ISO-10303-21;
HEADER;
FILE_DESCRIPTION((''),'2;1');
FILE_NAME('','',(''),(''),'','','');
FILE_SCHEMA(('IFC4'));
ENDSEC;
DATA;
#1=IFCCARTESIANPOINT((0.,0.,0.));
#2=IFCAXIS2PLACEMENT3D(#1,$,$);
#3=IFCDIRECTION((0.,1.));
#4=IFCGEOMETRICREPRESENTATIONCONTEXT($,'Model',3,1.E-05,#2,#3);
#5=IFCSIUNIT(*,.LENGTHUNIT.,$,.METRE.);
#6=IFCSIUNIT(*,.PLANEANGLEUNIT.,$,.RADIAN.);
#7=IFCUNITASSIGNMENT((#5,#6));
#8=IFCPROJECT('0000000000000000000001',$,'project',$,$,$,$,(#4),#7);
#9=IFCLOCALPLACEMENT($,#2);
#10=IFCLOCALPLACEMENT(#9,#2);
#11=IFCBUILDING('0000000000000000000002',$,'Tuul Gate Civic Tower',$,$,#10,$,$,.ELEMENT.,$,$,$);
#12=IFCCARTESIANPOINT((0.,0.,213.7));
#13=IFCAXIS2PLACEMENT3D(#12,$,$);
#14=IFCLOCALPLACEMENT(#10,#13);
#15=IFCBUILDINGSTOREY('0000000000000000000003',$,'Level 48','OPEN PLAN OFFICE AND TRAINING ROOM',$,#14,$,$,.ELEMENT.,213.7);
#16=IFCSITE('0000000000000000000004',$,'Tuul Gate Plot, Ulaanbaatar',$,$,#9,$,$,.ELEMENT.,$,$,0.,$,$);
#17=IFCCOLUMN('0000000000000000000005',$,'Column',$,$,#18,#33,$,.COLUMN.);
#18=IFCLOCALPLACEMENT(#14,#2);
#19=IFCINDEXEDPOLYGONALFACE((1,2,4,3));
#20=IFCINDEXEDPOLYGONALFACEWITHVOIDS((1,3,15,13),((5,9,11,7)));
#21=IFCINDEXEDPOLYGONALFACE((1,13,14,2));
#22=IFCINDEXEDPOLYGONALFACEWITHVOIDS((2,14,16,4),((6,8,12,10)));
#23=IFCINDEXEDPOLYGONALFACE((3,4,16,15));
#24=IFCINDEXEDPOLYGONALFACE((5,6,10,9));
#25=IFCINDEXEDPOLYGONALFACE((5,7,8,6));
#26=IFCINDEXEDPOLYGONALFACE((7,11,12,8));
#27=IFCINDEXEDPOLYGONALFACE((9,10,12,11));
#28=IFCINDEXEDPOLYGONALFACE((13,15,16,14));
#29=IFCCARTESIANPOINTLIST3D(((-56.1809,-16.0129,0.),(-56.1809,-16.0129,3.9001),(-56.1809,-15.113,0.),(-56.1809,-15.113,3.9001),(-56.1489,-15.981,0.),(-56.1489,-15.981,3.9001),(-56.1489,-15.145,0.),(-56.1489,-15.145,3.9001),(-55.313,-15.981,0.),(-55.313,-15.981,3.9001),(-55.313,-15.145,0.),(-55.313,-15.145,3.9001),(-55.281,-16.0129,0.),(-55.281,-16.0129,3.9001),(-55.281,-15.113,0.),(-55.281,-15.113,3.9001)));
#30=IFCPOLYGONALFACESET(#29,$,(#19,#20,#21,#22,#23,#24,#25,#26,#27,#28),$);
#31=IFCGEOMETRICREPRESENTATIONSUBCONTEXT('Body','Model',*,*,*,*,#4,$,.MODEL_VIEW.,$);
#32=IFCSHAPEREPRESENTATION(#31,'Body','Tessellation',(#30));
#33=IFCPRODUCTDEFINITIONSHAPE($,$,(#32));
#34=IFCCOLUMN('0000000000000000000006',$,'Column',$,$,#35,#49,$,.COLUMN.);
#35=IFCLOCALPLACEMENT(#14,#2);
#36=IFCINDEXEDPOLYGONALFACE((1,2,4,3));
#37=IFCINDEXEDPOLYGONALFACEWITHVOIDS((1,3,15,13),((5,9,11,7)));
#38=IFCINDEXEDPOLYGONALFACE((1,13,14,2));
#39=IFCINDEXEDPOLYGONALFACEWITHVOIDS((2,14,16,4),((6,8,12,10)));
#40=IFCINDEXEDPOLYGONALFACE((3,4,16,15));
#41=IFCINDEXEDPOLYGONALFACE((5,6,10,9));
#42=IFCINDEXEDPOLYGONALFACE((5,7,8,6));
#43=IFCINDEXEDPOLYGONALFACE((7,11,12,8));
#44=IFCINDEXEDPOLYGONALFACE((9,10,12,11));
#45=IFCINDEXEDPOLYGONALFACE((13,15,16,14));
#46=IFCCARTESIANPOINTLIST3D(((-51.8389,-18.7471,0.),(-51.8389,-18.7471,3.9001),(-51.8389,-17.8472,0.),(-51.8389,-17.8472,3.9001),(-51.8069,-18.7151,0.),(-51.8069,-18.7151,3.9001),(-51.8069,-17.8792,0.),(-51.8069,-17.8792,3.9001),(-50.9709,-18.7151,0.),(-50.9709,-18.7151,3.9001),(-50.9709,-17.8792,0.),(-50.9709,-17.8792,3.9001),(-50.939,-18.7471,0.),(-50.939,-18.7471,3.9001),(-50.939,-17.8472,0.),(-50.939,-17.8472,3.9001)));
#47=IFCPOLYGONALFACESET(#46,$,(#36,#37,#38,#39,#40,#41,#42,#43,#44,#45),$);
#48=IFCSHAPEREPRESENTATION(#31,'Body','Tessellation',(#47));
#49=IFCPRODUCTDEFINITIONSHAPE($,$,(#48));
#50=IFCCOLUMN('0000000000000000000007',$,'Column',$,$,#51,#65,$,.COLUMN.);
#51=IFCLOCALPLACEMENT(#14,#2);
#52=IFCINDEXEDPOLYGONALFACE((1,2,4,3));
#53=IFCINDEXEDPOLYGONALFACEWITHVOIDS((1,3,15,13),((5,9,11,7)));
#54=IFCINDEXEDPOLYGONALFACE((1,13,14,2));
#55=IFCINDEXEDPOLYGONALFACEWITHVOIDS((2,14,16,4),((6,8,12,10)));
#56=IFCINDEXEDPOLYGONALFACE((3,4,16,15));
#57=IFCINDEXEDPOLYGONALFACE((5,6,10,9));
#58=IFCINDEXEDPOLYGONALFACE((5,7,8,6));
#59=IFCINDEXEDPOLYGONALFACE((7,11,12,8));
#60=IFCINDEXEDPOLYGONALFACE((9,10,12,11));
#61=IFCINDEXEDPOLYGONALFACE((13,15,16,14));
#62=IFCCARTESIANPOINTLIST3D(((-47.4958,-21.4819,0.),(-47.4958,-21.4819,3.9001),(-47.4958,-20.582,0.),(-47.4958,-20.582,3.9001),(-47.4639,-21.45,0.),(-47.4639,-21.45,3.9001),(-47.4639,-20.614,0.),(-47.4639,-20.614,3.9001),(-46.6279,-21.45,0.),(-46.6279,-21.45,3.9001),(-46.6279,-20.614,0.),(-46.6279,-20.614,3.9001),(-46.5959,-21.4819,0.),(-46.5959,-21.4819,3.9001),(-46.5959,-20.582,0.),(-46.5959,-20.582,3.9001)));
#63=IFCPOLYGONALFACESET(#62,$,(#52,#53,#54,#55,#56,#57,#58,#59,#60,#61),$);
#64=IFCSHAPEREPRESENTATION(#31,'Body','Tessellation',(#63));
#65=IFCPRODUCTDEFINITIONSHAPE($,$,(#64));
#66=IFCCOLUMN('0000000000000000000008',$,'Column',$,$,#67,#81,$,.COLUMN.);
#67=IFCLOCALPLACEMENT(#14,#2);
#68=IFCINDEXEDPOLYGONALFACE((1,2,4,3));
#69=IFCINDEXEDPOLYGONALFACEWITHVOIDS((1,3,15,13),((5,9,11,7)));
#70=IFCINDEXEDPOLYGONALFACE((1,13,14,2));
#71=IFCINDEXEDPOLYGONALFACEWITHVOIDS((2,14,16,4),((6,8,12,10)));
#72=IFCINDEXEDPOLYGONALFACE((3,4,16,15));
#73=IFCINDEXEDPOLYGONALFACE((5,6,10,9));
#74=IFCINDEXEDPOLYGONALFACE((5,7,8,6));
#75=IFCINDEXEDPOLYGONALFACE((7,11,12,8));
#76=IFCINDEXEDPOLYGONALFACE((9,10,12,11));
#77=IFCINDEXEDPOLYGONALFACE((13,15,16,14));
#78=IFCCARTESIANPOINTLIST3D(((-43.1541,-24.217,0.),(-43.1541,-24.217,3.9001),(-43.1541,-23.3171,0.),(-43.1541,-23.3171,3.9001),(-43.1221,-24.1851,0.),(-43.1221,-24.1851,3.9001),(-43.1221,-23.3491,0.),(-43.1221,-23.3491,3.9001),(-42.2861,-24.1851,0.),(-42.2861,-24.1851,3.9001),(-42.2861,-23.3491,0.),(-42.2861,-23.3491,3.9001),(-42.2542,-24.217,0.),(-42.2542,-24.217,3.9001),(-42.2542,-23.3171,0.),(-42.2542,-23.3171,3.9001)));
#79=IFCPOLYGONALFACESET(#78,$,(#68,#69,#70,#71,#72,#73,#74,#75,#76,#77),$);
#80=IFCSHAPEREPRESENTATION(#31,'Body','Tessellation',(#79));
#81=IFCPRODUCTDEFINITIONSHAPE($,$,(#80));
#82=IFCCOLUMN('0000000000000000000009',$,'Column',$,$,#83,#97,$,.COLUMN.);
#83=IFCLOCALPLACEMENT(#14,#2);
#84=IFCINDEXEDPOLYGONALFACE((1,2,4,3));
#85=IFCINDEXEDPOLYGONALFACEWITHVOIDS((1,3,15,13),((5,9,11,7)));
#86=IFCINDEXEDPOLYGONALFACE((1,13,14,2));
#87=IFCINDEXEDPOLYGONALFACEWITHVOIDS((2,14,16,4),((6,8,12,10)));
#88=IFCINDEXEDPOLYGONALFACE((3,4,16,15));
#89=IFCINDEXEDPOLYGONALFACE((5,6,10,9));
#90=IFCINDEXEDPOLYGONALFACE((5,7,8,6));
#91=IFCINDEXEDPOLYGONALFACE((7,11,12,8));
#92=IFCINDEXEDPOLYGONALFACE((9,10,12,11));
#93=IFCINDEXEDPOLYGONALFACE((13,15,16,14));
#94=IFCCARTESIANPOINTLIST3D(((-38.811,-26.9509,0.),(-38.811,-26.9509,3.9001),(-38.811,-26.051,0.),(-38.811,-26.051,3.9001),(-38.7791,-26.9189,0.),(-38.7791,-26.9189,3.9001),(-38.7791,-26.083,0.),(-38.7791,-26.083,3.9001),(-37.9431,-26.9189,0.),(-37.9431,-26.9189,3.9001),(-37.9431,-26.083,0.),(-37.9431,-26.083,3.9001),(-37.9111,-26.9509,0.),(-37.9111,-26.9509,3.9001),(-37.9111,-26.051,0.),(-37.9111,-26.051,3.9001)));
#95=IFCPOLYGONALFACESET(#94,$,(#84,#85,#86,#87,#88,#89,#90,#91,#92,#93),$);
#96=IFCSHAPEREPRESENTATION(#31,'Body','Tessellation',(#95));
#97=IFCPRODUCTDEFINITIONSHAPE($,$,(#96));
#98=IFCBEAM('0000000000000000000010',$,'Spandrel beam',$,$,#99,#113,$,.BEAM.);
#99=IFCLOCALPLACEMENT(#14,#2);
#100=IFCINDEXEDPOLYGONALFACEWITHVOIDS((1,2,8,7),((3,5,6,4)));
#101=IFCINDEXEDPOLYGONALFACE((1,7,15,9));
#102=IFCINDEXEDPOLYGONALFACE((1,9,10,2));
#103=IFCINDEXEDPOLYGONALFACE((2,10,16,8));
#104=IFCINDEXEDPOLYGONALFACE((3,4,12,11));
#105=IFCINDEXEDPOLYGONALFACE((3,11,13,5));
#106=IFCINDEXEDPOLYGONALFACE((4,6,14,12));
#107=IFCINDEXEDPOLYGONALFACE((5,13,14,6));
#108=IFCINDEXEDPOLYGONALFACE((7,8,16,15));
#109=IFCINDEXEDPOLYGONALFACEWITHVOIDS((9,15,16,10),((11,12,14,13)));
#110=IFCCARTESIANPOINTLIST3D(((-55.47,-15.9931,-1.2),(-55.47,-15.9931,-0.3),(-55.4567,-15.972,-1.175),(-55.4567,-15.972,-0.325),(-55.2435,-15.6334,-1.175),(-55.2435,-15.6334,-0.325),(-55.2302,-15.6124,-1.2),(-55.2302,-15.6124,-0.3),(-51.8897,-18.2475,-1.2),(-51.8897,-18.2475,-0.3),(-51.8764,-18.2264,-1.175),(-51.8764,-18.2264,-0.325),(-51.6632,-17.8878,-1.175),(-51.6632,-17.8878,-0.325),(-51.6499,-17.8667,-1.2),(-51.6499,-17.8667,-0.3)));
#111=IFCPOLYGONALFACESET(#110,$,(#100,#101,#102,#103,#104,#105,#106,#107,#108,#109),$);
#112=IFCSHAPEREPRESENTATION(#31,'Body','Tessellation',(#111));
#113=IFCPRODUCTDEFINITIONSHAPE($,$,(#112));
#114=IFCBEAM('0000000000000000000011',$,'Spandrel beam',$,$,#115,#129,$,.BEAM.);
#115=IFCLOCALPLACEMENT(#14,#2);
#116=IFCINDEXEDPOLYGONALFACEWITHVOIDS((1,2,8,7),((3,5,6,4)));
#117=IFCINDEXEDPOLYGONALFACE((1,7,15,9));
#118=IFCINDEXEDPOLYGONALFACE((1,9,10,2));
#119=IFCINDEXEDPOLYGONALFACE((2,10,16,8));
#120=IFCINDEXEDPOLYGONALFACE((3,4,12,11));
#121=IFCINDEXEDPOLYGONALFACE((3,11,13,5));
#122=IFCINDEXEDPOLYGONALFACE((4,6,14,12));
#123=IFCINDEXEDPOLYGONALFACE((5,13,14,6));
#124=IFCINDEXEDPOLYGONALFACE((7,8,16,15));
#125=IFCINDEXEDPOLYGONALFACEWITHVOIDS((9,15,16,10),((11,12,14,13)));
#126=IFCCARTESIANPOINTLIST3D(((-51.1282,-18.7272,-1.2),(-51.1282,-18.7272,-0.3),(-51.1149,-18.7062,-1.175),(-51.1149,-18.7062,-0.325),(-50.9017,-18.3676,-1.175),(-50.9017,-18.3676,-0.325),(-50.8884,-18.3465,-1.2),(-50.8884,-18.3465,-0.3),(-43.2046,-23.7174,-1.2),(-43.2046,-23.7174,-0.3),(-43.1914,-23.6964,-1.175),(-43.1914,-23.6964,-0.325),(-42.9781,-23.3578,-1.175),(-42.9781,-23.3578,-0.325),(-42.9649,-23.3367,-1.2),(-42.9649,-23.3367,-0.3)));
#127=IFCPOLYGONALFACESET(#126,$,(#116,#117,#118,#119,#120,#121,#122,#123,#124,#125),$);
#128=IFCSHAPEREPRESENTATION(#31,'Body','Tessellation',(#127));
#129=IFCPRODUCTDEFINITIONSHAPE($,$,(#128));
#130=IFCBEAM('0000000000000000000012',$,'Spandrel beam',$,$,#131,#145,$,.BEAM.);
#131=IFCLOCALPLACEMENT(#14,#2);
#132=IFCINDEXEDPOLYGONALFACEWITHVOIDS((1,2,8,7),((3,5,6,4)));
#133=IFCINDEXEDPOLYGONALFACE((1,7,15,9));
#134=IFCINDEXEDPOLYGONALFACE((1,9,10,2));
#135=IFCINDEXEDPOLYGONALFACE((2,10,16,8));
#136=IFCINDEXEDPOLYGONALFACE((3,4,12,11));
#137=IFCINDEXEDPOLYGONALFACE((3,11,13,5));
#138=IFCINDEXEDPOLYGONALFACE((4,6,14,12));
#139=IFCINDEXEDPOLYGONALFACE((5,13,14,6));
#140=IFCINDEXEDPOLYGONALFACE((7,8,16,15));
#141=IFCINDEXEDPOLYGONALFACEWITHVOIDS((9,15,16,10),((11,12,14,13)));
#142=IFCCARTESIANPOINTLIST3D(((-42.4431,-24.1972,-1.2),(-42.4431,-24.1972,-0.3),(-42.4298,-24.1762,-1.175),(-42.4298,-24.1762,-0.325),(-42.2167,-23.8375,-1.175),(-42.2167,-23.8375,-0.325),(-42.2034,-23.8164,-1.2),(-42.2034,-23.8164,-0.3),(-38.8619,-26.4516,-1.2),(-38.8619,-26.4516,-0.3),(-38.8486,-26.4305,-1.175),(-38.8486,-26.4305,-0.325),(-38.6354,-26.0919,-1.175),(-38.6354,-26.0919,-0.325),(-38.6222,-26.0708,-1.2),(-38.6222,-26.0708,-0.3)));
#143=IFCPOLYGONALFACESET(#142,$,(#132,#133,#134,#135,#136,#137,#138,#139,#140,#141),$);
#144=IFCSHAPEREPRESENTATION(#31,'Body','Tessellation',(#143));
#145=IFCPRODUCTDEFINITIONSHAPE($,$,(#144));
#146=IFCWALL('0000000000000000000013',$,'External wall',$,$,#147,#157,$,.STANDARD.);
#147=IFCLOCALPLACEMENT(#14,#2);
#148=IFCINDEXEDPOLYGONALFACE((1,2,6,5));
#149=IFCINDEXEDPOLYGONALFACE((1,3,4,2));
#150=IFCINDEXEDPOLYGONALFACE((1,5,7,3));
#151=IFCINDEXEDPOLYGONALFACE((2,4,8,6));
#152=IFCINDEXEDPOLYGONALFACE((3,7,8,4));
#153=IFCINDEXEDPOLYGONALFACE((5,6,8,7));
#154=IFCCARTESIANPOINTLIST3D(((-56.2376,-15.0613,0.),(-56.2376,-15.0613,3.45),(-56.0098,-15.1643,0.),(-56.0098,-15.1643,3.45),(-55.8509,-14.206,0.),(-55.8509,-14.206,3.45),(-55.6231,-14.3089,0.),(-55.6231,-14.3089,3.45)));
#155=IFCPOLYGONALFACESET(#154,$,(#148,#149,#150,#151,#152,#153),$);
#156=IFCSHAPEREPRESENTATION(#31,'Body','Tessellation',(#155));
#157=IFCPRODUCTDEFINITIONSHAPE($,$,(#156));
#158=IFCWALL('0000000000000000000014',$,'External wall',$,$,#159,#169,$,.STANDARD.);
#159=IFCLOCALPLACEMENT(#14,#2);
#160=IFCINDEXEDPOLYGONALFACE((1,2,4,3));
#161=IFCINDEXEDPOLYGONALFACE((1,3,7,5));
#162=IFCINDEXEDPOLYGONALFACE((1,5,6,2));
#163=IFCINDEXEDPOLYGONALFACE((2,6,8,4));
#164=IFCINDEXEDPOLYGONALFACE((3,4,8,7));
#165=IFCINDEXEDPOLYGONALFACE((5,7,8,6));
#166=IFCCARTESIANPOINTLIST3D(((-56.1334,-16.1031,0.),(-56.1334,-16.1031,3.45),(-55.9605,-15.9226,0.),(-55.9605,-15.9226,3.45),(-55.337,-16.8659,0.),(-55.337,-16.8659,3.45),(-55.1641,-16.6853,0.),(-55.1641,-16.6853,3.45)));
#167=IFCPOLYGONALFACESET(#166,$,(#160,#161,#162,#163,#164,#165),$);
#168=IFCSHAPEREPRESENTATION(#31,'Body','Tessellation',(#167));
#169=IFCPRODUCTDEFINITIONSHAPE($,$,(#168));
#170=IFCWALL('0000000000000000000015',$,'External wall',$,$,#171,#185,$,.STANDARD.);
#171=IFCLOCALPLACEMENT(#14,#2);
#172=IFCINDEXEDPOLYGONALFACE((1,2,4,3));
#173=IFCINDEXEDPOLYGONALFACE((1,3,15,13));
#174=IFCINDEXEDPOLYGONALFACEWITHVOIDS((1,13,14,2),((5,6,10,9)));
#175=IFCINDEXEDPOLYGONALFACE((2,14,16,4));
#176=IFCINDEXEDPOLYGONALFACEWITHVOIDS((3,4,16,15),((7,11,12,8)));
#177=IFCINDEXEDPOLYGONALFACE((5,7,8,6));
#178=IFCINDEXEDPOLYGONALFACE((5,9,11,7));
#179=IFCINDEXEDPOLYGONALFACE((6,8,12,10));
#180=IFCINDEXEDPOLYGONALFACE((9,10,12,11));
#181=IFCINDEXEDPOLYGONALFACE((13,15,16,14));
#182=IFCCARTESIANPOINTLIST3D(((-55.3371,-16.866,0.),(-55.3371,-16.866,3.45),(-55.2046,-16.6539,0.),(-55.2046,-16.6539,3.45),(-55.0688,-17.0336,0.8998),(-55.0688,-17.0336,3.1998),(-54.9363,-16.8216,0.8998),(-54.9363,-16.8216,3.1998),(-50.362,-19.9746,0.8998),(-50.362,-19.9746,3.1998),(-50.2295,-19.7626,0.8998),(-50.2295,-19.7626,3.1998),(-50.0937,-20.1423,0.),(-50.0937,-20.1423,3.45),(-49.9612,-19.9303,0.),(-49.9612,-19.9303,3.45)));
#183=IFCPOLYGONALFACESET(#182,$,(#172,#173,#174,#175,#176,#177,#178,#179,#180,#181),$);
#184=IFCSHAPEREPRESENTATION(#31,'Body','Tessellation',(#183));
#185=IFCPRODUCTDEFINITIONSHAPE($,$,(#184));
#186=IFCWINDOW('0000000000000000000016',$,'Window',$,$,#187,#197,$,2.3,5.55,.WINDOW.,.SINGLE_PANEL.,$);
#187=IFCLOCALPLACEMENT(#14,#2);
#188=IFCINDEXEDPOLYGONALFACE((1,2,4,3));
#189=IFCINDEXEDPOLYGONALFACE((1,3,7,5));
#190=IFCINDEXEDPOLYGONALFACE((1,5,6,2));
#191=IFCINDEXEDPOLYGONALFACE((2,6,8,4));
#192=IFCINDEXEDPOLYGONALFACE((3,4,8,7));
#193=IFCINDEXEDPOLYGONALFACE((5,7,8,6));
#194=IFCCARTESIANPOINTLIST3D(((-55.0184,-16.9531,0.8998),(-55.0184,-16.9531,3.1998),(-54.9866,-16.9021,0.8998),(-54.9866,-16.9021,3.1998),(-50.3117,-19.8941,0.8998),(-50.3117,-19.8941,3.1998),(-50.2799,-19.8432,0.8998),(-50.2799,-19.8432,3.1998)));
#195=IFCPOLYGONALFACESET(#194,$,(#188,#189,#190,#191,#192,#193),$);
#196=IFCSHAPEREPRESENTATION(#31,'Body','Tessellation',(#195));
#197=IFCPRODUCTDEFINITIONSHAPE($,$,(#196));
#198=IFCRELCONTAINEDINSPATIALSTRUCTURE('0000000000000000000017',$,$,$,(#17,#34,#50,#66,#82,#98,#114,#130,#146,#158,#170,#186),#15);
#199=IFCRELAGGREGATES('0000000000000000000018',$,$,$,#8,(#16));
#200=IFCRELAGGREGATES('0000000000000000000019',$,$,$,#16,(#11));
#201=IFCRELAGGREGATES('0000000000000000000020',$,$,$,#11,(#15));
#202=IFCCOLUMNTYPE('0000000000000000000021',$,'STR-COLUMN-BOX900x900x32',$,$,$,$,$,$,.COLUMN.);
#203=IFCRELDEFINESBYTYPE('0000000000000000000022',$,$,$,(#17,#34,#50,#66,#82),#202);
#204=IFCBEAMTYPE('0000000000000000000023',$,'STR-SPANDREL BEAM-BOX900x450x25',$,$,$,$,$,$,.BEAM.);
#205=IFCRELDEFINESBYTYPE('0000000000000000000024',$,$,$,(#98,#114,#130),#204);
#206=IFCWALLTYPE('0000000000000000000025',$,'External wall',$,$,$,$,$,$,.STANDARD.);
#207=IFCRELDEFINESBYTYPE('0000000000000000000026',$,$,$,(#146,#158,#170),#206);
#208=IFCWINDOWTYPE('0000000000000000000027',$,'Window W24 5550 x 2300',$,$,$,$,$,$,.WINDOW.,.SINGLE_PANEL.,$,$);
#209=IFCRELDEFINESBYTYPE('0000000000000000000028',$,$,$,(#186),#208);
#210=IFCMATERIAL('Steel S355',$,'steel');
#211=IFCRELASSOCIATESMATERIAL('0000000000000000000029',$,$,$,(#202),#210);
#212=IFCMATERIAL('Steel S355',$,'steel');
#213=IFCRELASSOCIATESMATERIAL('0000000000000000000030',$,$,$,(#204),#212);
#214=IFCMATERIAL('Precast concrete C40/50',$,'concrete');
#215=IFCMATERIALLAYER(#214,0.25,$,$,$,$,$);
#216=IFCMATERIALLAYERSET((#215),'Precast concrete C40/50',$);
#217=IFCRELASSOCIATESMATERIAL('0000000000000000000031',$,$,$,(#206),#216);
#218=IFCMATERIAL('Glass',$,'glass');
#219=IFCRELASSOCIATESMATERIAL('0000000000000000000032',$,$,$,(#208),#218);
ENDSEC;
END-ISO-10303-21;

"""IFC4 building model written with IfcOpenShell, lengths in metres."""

from ifc_helpers import new_model, si_unit, direction, frame, frame_2d, origin, origin_2d, place, context, subcontext, project, spatial, rectangle, hollow_rectangle, extrude, material, layer, layer_set, material_profile, profile_set, type_object, element, fill, save


model = new_model("IFC4")

# Units and contexts
model_context = context("Model", 3, precision=1e-05, world=origin(), true_north=direction((0.0, 1.0)))
body_context = subcontext(model_context, "Body", "Model", "MODEL_VIEW")
ifc_project = project(units=[si_unit("LENGTHUNIT", "METRE"), si_unit("PLANEANGLEUNIT", "RADIAN")], contexts=[model_context])

# Site, building, storey
site_placement = place(None, origin())
site = spatial("IfcSite", under=ifc_project, at=site_placement, Name="Tuul Gate Plot, Ulaanbaatar", CompositionType="ELEMENT", RefElevation=0.0)
building_placement = place(site_placement, origin())
building = spatial("IfcBuilding", under=site, at=building_placement, Name="Tuul Gate Civic Tower", CompositionType="ELEMENT")
storey_placement = place(building_placement, frame((0.0, 0.0, 213.7)))
storey = spatial("IfcBuildingStorey", under=building, at=storey_placement, Name="Level 48", Description="OPEN PLAN OFFICE AND TRAINING ROOM", CompositionType="ELEMENT", Elevation=213.7)

# Columns
ifc_material_1 = material(Name="Steel S355", Category="steel")
ifc_material_profile_1 = material_profile(ifc_material_1, hollow_rectangle(XDim=0.8999, YDim=0.8999, WallThickness=0.032, at=origin_2d()), Name="BOX900x900x32")
ifc_profile_set_1 = profile_set([ifc_material_profile_1], Name="Steel S355")
column_type = type_object("IfcColumnType", Name="STR-COLUMN-BOX900x900x32", PredefinedType="COLUMN", material=ifc_profile_set_1)
for number, where, z_axis, x_axis, name in (
    (1, (-55.731, -15.563, 0.0), (0.0, 0.0, 1.0), (1.0, 0.0, 0.0), "Column"),
    (2, (-51.3889, -18.2971, 0.0), (0.0, 0.0, 1.0), (1.0, 0.0, 0.0), "Column"),
    (3, (-47.0459, -21.032, 0.0), (0.0, 0.0, 1.0), (1.0, 0.0, 0.0), "Column"),
    (4, (-42.7041, -23.7671, 0.0), (0.0, 0.0, 1.0), (1.0, 0.0, 0.0), "Column"),
    (5, (-38.3611, -26.501, 0.0), (0.0, 0.0, 1.0), (1.0, 0.0, 0.0), "Column"),
):
    element("IfcColumn", number, at=place(storey_placement, frame(where, z_axis=z_axis, x_axis=x_axis)), inside=storey, type_object=column_type, Name=name, PredefinedType="COLUMN", context=body_context, shape_type="SweptSolid", body=[
        extrude(hollow_rectangle(XDim=0.8999, YDim=0.8999, WallThickness=0.032, at=origin_2d()), origin(), (0.0, 0.0, 1.0), 3.9001),
    ])

# Beams
ifc_material_2 = material(Name="Steel S355", Category="steel")
ifc_material_profile_2 = material_profile(ifc_material_2, hollow_rectangle(XDim=0.45, YDim=0.8999, WallThickness=0.0249, at=origin_2d()), Name="BOX900x450x25")
ifc_profile_set_2 = profile_set([ifc_material_profile_2], Name="Steel S355")
beam_type = type_object("IfcBeamType", Name="STR-SPANDREL BEAM-BOX900x450x25", PredefinedType="BEAM", material=ifc_profile_set_2)
beam_1_placement = place(storey_placement, frame((-55.3501, -15.8027, -0.75), z_axis=(0.84622, -0.532833, 0.0), x_axis=(0.532833, 0.84622, 0.0)))
element("IfcBeam", 6, at=beam_1_placement, inside=storey, type_object=beam_type, Name="Spandrel beam", PredefinedType="BEAM", context=body_context, shape_type="SweptSolid", body=[
    extrude(hollow_rectangle(XDim=0.45, YDim=0.8999, WallThickness=0.0249, at=origin_2d()), origin(), (0.0, 0.0, 1.0), 4.231),
])
beam_2_placement = place(storey_placement, frame((-51.0083, -18.5369, -0.75), z_axis=(0.84617, -0.532914, 0.0), x_axis=(0.532914, 0.84617, 0.0)))
element("IfcBeam", 7, at=beam_2_placement, inside=storey, type_object=beam_type, Name="Spandrel beam", PredefinedType="BEAM", context=body_context, shape_type="SweptSolid", body=[
    extrude(hollow_rectangle(XDim=0.45, YDim=0.8999, WallThickness=0.0249, at=origin_2d()), origin(), (0.0, 0.0, 1.0), 9.364),
])
beam_3_placement = place(storey_placement, frame((-42.3232, -24.0068, -0.75), z_axis=(0.846286, -0.532729, 0.0), x_axis=(0.532729, 0.846286, 0.0)))
element("IfcBeam", 8, at=beam_3_placement, inside=storey, type_object=beam_type, Name="Spandrel beam", PredefinedType="BEAM", context=body_context, shape_type="SweptSolid", body=[
    extrude(hollow_rectangle(XDim=0.45, YDim=0.8999, WallThickness=0.0249, at=origin_2d()), origin(), (0.0, 0.0, 1.0), 4.2317),
])

# Walls
ifc_material_3 = material(Name="Precast concrete C40/50", Category="concrete")
ifc_layer = layer(ifc_material_3, 0.25)
ifc_layer_set = layer_set([ifc_layer], Name="Precast concrete C40/50")
wall_type = type_object("IfcWallType", Name="External wall", PredefinedType="STANDARD", material=ifc_layer_set)
wall_1_placement = place(storey_placement, frame((-55.7371, -14.2576, 0.0), z_axis=(0.0, 0.0, 1.0), x_axis=(-0.411921, -0.911219, 0.0)))
element("IfcWall", 9, at=wall_1_placement, inside=storey, type_object=wall_type, Name="External wall", PredefinedType="STANDARD", context=body_context, shape_type="SweptSolid", body=[
    extrude(rectangle(XDim=0.9387, YDim=0.25, at=frame_2d((0.4692, 0.0))), origin(), (0.0, 0.0, 1.0), 3.45),
])
wall_2_placement = place(storey_placement, frame((-56.0469, -16.0129, 0.0), z_axis=(0.0, 0.0, 1.0), x_axis=(0.722219, -0.691665, 0.0)))
element("IfcWall", 10, at=wall_2_placement, inside=storey, type_object=wall_type, Name="External wall", PredefinedType="STANDARD", context=body_context, shape_type="SweptSolid", body=[
    extrude(rectangle(XDim=1.1028, YDim=0.25, at=frame_2d((0.5513, 0.0))), origin(), (0.0, 0.0, 1.0), 3.45),
])

# Wall, opening, window
wall_3_placement = place(storey_placement, frame((-55.2708, -16.76, 0.0), z_axis=(0.0, 0.0, 1.0), x_axis=(0.848054, -0.52991, 0.0)))
wall_3 = element("IfcWall", 11, at=wall_3_placement, inside=storey, type_object=wall_type, Name="External wall", PredefinedType="STANDARD", context=body_context, shape_type="SweptSolid", body=[
    extrude(rectangle(XDim=6.1829, YDim=0.25, at=frame_2d((3.0913, 0.0))), origin(), (0.0, 0.0, 1.0), 3.45),
])
opening_1_placement = place(wall_3_placement, frame((0.3164, 0.0, 0.8999)))
opening_1 = element("IfcOpeningElement", 12, at=opening_1_placement, cuts=wall_3, PredefinedType="OPENING", context=body_context, shape_type="SweptSolid", body=[
    extrude(rectangle(XDim=5.55, YDim=2.3, at=frame_2d((2.7749, 1.1499))), frame((0.0, 0.135, 0.0), z_axis=(0.0, -1.0, 0.0), x_axis=(1.0, 0.0, 0.0)), (0.0, 0.0, 1.0), 0.27),
])
ifc_material_4 = material(Name="Glass", Category="glass")
window_type = type_object("IfcWindowType", Name="Window W24 5550 x 2300", PartitioningType="SINGLE_PANEL", PredefinedType="WINDOW", material=ifc_material_4)
window_1_placement = place(opening_1_placement, origin())
window_1 = element("IfcWindow", 13, at=window_1_placement, inside=storey, type_object=window_type, Name="Window", OverallHeight=2.3, OverallWidth=5.55, PartitioningType="SINGLE_PANEL", PredefinedType="WINDOW", context=body_context, shape_type="SweptSolid", body=[
    extrude(rectangle(XDim=5.55, YDim=2.3, at=frame_2d((2.7749, 1.1499))), frame((0.0, 0.03, 0.0), z_axis=(0.0, -1.0, 0.0), x_axis=(1.0, 0.0, 0.0)), (0.0, 0.0, 1.0), 0.0601),
])
fill(opening_1, window_1)

save(model, "model.ifc")
